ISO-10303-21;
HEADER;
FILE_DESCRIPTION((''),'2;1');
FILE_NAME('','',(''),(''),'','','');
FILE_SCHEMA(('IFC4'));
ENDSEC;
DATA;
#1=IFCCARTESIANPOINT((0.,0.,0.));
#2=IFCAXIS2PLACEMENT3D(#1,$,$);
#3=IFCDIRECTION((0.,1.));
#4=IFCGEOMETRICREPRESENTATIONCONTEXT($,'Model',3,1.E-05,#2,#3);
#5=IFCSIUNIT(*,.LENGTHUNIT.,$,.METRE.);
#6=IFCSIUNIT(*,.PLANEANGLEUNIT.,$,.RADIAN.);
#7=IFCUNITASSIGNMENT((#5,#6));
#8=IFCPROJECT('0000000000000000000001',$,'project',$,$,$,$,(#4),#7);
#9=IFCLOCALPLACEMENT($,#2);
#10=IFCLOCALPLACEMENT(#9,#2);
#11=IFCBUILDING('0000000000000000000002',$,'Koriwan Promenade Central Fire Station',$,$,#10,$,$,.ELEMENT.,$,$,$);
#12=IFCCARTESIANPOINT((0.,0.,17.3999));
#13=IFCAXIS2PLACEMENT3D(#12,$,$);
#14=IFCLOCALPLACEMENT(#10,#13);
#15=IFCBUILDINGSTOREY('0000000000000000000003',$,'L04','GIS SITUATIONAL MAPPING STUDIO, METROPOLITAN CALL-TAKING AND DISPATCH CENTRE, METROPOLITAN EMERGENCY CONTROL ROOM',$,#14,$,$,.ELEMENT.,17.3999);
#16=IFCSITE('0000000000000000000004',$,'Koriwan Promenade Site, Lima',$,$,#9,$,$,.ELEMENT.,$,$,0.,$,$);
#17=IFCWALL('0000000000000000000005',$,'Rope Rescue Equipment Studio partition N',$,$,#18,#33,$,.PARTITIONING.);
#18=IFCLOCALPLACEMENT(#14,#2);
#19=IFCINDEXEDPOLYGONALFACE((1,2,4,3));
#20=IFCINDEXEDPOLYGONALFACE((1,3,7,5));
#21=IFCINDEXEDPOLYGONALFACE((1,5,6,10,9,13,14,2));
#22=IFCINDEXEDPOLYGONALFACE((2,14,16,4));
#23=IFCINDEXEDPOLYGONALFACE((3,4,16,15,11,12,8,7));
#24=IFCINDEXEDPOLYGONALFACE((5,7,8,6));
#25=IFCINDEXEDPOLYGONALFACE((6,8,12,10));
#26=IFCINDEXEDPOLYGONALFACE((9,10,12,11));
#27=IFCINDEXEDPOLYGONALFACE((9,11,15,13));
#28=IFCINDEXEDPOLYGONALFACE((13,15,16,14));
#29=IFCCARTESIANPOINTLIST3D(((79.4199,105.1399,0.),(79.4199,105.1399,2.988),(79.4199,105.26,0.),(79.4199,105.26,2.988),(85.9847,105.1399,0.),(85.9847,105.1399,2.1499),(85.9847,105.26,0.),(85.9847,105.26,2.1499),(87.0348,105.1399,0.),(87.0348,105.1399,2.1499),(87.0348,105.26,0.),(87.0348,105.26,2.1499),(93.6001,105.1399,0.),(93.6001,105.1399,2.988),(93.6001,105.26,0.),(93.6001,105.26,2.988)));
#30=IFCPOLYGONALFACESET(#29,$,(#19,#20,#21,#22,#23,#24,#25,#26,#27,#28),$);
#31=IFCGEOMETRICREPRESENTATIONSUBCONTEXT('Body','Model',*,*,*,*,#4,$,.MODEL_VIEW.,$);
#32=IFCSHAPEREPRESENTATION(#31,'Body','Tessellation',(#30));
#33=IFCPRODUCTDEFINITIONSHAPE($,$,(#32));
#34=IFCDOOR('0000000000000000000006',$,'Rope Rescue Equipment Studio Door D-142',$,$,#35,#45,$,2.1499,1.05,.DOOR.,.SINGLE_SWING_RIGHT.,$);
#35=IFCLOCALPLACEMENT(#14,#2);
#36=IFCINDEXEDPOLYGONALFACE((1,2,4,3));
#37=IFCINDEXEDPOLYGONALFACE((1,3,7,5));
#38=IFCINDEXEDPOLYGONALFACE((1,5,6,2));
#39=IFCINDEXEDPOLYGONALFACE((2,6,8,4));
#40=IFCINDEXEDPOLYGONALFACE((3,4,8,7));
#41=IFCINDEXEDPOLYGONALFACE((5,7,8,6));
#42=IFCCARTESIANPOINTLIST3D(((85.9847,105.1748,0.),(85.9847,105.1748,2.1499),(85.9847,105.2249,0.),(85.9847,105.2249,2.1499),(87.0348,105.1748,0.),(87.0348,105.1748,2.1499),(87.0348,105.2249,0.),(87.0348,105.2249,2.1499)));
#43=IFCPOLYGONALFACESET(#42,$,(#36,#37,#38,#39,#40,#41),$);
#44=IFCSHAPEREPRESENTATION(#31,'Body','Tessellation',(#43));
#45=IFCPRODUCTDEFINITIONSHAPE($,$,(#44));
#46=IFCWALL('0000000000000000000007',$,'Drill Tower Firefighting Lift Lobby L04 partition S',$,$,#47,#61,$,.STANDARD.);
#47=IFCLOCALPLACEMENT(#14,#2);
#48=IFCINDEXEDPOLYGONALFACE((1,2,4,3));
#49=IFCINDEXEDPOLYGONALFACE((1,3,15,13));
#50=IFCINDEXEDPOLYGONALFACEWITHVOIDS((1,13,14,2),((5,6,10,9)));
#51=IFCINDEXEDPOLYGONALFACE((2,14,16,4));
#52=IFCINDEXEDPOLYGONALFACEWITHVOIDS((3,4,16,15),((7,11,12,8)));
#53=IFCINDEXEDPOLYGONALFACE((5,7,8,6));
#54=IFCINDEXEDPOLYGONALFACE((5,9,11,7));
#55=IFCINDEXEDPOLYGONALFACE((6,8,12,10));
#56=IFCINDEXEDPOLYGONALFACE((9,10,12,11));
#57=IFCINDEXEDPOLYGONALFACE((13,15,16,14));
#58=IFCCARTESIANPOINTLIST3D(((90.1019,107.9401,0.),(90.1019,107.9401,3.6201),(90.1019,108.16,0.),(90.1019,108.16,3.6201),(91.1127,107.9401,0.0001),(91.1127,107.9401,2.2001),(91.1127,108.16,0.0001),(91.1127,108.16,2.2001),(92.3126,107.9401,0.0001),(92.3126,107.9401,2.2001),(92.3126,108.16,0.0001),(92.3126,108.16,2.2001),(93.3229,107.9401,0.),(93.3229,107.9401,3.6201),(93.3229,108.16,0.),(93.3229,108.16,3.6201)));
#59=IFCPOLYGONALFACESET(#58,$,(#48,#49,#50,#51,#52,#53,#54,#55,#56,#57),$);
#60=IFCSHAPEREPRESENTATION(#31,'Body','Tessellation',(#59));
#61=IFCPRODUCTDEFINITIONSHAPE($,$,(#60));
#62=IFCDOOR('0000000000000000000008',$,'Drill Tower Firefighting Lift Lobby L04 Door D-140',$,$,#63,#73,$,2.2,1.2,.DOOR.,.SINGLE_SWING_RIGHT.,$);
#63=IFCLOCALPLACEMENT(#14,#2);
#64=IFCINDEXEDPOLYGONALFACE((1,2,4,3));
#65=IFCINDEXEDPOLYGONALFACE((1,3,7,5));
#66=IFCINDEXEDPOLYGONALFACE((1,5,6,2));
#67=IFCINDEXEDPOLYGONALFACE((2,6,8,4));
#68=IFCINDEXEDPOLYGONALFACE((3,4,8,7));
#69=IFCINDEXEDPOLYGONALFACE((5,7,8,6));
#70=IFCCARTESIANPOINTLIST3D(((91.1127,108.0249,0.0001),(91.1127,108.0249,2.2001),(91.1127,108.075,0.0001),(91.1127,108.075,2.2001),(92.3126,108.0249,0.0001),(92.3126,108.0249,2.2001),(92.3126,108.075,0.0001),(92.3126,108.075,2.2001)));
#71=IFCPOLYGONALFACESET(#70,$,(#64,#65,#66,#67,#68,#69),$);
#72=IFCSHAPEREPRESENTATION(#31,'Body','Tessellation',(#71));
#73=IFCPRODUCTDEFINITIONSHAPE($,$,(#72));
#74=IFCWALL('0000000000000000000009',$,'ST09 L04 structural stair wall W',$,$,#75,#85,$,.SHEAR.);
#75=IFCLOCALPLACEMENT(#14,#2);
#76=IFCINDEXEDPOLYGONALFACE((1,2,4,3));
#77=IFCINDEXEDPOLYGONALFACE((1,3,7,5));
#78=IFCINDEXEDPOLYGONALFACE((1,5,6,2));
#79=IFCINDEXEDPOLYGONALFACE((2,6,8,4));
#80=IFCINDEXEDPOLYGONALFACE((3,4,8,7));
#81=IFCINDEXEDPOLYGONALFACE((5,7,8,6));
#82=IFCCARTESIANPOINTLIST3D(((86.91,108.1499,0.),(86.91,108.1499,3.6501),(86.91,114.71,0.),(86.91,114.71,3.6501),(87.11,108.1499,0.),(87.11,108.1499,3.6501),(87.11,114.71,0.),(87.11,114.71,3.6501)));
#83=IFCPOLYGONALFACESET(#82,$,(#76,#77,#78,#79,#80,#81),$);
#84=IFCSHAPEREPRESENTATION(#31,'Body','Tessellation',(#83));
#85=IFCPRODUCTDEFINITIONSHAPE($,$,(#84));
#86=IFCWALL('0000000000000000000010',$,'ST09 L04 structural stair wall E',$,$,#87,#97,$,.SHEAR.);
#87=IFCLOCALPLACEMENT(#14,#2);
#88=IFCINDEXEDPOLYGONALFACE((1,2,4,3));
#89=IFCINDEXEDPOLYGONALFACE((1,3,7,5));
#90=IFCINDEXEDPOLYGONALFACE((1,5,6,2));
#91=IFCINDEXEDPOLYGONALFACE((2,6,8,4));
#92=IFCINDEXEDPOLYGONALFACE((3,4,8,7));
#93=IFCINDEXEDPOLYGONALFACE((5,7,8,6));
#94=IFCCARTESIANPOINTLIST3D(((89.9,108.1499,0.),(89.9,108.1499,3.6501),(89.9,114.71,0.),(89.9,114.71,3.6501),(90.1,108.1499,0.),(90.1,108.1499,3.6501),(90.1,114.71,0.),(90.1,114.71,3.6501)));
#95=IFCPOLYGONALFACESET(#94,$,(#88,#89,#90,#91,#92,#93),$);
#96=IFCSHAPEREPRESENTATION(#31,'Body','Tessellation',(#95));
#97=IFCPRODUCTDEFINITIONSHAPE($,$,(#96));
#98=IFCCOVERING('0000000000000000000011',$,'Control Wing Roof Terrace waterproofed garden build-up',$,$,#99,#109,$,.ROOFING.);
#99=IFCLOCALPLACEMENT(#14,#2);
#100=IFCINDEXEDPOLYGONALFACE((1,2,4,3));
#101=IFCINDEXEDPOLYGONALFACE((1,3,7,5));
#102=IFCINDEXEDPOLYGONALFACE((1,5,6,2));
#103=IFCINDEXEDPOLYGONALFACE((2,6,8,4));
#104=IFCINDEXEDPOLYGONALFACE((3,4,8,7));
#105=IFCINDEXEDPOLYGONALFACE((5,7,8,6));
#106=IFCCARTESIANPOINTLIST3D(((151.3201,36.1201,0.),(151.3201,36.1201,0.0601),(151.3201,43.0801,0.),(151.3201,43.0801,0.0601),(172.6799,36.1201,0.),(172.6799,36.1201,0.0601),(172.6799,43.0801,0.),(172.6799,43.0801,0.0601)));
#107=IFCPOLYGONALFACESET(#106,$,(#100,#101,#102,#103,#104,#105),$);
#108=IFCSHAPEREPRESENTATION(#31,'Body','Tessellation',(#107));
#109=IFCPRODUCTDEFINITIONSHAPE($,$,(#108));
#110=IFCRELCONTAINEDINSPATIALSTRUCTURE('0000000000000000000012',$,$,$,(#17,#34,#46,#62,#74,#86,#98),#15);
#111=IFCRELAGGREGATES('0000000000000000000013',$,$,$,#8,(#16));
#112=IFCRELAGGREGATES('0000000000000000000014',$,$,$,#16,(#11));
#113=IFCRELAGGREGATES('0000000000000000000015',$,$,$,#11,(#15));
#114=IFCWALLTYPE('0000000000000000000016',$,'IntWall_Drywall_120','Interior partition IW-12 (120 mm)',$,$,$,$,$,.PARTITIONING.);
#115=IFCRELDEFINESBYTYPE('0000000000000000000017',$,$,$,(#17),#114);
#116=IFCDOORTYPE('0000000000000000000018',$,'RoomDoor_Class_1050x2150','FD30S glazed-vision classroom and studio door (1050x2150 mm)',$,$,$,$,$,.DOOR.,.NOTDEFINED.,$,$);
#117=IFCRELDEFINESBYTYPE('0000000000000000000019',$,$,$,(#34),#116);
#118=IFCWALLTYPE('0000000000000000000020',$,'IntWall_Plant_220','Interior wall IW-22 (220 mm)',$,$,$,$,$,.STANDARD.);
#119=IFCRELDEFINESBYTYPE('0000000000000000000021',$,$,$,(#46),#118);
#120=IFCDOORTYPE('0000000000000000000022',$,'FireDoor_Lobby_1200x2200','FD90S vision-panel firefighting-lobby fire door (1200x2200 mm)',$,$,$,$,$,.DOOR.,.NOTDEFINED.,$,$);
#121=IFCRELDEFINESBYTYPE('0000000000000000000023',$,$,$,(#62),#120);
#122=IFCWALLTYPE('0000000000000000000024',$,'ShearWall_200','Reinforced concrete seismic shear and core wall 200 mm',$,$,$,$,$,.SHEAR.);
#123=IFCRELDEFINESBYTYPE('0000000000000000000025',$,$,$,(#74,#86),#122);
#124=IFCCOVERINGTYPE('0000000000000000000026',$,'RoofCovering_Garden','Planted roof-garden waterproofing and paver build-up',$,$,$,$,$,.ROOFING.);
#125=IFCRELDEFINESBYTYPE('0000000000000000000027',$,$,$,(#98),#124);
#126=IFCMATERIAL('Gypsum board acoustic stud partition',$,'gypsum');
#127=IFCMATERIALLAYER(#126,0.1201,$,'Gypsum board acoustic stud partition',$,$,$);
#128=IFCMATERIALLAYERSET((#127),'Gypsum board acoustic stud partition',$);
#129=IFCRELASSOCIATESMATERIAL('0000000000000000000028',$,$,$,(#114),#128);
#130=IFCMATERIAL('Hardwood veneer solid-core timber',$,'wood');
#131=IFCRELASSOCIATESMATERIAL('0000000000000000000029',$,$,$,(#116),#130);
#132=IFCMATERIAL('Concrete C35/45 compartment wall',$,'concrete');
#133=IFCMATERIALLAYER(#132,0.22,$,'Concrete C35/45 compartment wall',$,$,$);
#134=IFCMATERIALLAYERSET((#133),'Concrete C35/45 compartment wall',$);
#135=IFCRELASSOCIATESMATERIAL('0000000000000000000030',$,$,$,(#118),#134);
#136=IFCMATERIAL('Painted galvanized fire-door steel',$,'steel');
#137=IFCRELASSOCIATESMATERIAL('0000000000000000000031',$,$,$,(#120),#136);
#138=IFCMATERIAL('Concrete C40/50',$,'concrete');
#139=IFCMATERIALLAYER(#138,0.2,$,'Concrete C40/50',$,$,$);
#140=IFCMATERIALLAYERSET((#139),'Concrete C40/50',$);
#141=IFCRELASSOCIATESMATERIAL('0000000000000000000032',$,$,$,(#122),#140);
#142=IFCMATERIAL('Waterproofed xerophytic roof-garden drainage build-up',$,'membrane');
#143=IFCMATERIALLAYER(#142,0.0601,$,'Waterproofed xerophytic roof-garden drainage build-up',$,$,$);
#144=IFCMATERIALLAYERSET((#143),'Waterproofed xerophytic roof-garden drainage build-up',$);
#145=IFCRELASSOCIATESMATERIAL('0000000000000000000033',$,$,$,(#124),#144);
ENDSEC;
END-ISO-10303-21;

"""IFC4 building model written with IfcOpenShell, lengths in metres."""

from ifc_helpers import new_model, si_unit, direction, frame, frame_2d, origin, place, context, subcontext, project, spatial, polyline, rectangle, outline, extrude, material, layer, layer_set, type_object, element, fill, save


model = new_model("IFC4")

# Units and contexts
model_context = context("Model", 3, precision=1e-05, world=origin(), true_north=direction((0.0, 1.0)))
body_context = subcontext(model_context, "Body", "Model", "MODEL_VIEW")
ifc_project = project(units=[si_unit("LENGTHUNIT", "METRE"), si_unit("PLANEANGLEUNIT", "RADIAN")], contexts=[model_context])

# Site, building, storey
site_placement = place(None, origin())
site = spatial("IfcSite", under=ifc_project, at=site_placement, Name="Koriwan Promenade Site, Lima", CompositionType="ELEMENT", RefElevation=0.0)
building_placement = place(site_placement, origin())
building = spatial("IfcBuilding", under=site, at=building_placement, Name="Koriwan Promenade Central Fire Station", CompositionType="ELEMENT")
storey_placement = place(building_placement, frame((0.0, 0.0, 17.3999)))
storey = spatial("IfcBuildingStorey", under=building, at=storey_placement, Name="L04", Description="GIS SITUATIONAL MAPPING STUDIO, METROPOLITAN CALL-TAKING AND DISPATCH CENTRE, METROPOLITAN EMERGENCY CONTROL ROOM", CompositionType="ELEMENT", Elevation=17.3999)

# Shared definitions
ifc_material_1 = material(Name="Concrete C40/50", Category="concrete")

# Walls, openings, doors
ifc_material_2 = material(Name="Gypsum board acoustic stud partition", Category="gypsum")
ifc_layer_1 = layer(ifc_material_2, 0.1201, Name="Gypsum board acoustic stud partition")
ifc_layer_set_1 = layer_set([ifc_layer_1], Name="Gypsum board acoustic stud partition")
wall_type_1 = type_object("IfcWallType", Name="IntWall_Drywall_120", Description="Interior partition IW-12 (120 mm)", PredefinedType="PARTITIONING", material=ifc_layer_set_1)
ifc_material_3 = material(Name="Hardwood veneer solid-core timber", Category="wood")
wall_1_placement = place(storey_placement, frame((79.4199, 105.2, 0.0), z_axis=(0.0, 0.0, 1.0), x_axis=(1.0, 0.0, 0.0)))
wall_1 = element("IfcWall", 1, at=wall_1_placement, inside=storey, type_object=wall_type_1, Name="Rope Rescue Equipment Studio partition N", PredefinedType="PARTITIONING", context=body_context, shape_type="SweptSolid", body=[
    extrude(rectangle(XDim=14.1802, YDim=0.1201, at=frame_2d((7.0901, 0.0))), origin(), (0.0, 0.0, 1.0), 2.988),
])
opening_1_placement = place(wall_1_placement, frame((6.5649, 0.0, 0.0)))
opening_1 = element("IfcOpeningElement", 2, at=opening_1_placement, cuts=wall_1, PredefinedType="OPENING", context=body_context, shape_type="SweptSolid", body=[
    extrude(rectangle(XDim=1.05, YDim=2.1499, at=frame_2d((0.5249, 1.075))), frame((0.0, 0.072, 0.0), z_axis=(0.0, -1.0, 0.0), x_axis=(1.0, 0.0, 0.0)), (0.0, 0.0, 1.0), 0.144),
])
door_type_1 = type_object("IfcDoorType", Name="RoomDoor_Class_1050x2150", Description="FD30S glazed-vision classroom and studio door (1050x2150 mm)", OperationType="NOTDEFINED", PredefinedType="DOOR", material=ifc_material_3)
door_1_placement = place(opening_1_placement, origin())
door_1 = element("IfcDoor", 3, at=door_1_placement, inside=storey, type_object=door_type_1, Name="Rope Rescue Equipment Studio Door D-142", OperationType="SINGLE_SWING_RIGHT", OverallHeight=2.1499, OverallWidth=1.05, PredefinedType="DOOR", context=body_context, shape_type="SweptSolid", body=[
    extrude(rectangle(XDim=1.05, YDim=2.1499, at=frame_2d((0.5249, 1.075))), frame((0.0, 0.0249, 0.0), z_axis=(0.0, -1.0, 0.0), x_axis=(1.0, 0.0, 0.0)), (0.0, 0.0, 1.0), 0.05),
])
fill(opening_1, door_1)
ifc_material_4 = material(Name="Concrete C35/45 compartment wall", Category="concrete")
ifc_layer_2 = layer(ifc_material_4, 0.22, Name="Concrete C35/45 compartment wall")
ifc_layer_set_2 = layer_set([ifc_layer_2], Name="Concrete C35/45 compartment wall")
wall_type_2 = type_object("IfcWallType", Name="IntWall_Plant_220", Description="Interior wall IW-22 (220 mm)", PredefinedType="STANDARD", material=ifc_layer_set_2)
wall_2_placement = place(storey_placement, frame((90.1021, 108.05, 0.0), z_axis=(0.0, 0.0, 1.0), x_axis=(1.0, 0.0, 0.0)))
wall_2 = element("IfcWall", 4, at=wall_2_placement, inside=storey, type_object=wall_type_2, Name="Drill Tower Firefighting Lift Lobby L04 partition S", PredefinedType="STANDARD", context=body_context, shape_type="SweptSolid", body=[
    extrude(rectangle(XDim=3.2209, YDim=0.22, at=frame_2d((1.6104, 0.0))), origin(), (0.0, 0.0, 1.0), 3.6201),
])
opening_2_placement = place(wall_2_placement, frame((1.0105, 0.0, 0.0)))
opening_2 = element("IfcOpeningElement", 5, at=opening_2_placement, cuts=wall_2, PredefinedType="OPENING", context=body_context, shape_type="SweptSolid", body=[
    extrude(rectangle(XDim=1.2, YDim=2.2, at=frame_2d((0.6001, 1.1001))), frame((0.0, 0.1221, 0.0), z_axis=(0.0, -1.0, 0.0), x_axis=(1.0, 0.0, 0.0)), (0.0, 0.0, 1.0), 0.2439),
])
ifc_material_5 = material(Name="Painted galvanized fire-door steel", Category="steel")
door_type_2 = type_object("IfcDoorType", Name="FireDoor_Lobby_1200x2200", Description="FD90S vision-panel firefighting-lobby fire door (1200x2200 mm)", OperationType="NOTDEFINED", PredefinedType="DOOR", material=ifc_material_5)
door_2_placement = place(opening_2_placement, origin())
door_2 = element("IfcDoor", 6, at=door_2_placement, inside=storey, type_object=door_type_2, Name="Drill Tower Firefighting Lift Lobby L04 Door D-140", OperationType="SINGLE_SWING_RIGHT", OverallHeight=2.2, OverallWidth=1.2, PredefinedType="DOOR", context=body_context, shape_type="SweptSolid", body=[
    extrude(rectangle(XDim=1.2, YDim=2.2, at=frame_2d((0.6001, 1.1001))), frame((0.0, 0.0249, 0.0), z_axis=(0.0, -1.0, 0.0), x_axis=(1.0, 0.0, 0.0)), (0.0, 0.0, 1.0), 0.05),
])
fill(opening_2, door_2)
ifc_layer_3 = layer(ifc_material_1, 0.2, Name="Concrete C40/50")
ifc_layer_set_3 = layer_set([ifc_layer_3], Name="Concrete C40/50")
wall_type_3 = type_object("IfcWallType", Name="ShearWall_200", Description="Reinforced concrete seismic shear and core wall 200 mm", PredefinedType="SHEAR", material=ifc_layer_set_3)

# Walls
for number, where, z_axis, x_axis, name in (
    (7, (87.01, 108.1499, 0.0), (0.0, 0.0, 1.0), (0.0, 1.0, 0.0), "ST09 L04 structural stair wall W"),
    (8, (90.0, 108.1499, 0.0), (0.0, 0.0, 1.0), (0.0, 1.0, 0.0), "ST09 L04 structural stair wall E"),
):
    element("IfcWall", number, at=place(storey_placement, frame(where, z_axis=z_axis, x_axis=x_axis)), inside=storey, type_object=wall_type_3, Name=name, PredefinedType="SHEAR", context=body_context, shape_type="SweptSolid", body=[
        extrude(rectangle(XDim=6.5601, YDim=0.2, at=frame_2d((3.28, 0.0))), origin(), (0.0, 0.0, 1.0), 3.6501),
    ])

# Covering
ifc_material_6 = material(Name="Waterproofed xerophytic roof-garden drainage build-up", Category="membrane")
ifc_layer_4 = layer(ifc_material_6, 0.0601, Name="Waterproofed xerophytic roof-garden drainage build-up")
ifc_layer_set_4 = layer_set([ifc_layer_4], Name="Waterproofed xerophytic roof-garden drainage build-up")
covering_type = type_object("IfcCoveringType", Name="RoofCovering_Garden", Description="Planted roof-garden waterproofing and paver build-up", PredefinedType="ROOFING", material=ifc_layer_set_4)
covering_placement = place(storey_placement, origin())
element("IfcCovering", 9, at=covering_placement, inside=storey, type_object=covering_type, Name="Control Wing Roof Terrace waterproofed garden build-up", PredefinedType="ROOFING", context=body_context, shape_type="SweptSolid", body=[
    extrude(outline(polyline([(172.6799, 36.1201), (151.3201, 36.1201), (151.3201, 43.0801), (172.6799, 43.0801), (172.6799, 36.1201)])), origin(), (0.0, 0.0, 1.0), 0.0601),
])

save(model, "model.ifc")
